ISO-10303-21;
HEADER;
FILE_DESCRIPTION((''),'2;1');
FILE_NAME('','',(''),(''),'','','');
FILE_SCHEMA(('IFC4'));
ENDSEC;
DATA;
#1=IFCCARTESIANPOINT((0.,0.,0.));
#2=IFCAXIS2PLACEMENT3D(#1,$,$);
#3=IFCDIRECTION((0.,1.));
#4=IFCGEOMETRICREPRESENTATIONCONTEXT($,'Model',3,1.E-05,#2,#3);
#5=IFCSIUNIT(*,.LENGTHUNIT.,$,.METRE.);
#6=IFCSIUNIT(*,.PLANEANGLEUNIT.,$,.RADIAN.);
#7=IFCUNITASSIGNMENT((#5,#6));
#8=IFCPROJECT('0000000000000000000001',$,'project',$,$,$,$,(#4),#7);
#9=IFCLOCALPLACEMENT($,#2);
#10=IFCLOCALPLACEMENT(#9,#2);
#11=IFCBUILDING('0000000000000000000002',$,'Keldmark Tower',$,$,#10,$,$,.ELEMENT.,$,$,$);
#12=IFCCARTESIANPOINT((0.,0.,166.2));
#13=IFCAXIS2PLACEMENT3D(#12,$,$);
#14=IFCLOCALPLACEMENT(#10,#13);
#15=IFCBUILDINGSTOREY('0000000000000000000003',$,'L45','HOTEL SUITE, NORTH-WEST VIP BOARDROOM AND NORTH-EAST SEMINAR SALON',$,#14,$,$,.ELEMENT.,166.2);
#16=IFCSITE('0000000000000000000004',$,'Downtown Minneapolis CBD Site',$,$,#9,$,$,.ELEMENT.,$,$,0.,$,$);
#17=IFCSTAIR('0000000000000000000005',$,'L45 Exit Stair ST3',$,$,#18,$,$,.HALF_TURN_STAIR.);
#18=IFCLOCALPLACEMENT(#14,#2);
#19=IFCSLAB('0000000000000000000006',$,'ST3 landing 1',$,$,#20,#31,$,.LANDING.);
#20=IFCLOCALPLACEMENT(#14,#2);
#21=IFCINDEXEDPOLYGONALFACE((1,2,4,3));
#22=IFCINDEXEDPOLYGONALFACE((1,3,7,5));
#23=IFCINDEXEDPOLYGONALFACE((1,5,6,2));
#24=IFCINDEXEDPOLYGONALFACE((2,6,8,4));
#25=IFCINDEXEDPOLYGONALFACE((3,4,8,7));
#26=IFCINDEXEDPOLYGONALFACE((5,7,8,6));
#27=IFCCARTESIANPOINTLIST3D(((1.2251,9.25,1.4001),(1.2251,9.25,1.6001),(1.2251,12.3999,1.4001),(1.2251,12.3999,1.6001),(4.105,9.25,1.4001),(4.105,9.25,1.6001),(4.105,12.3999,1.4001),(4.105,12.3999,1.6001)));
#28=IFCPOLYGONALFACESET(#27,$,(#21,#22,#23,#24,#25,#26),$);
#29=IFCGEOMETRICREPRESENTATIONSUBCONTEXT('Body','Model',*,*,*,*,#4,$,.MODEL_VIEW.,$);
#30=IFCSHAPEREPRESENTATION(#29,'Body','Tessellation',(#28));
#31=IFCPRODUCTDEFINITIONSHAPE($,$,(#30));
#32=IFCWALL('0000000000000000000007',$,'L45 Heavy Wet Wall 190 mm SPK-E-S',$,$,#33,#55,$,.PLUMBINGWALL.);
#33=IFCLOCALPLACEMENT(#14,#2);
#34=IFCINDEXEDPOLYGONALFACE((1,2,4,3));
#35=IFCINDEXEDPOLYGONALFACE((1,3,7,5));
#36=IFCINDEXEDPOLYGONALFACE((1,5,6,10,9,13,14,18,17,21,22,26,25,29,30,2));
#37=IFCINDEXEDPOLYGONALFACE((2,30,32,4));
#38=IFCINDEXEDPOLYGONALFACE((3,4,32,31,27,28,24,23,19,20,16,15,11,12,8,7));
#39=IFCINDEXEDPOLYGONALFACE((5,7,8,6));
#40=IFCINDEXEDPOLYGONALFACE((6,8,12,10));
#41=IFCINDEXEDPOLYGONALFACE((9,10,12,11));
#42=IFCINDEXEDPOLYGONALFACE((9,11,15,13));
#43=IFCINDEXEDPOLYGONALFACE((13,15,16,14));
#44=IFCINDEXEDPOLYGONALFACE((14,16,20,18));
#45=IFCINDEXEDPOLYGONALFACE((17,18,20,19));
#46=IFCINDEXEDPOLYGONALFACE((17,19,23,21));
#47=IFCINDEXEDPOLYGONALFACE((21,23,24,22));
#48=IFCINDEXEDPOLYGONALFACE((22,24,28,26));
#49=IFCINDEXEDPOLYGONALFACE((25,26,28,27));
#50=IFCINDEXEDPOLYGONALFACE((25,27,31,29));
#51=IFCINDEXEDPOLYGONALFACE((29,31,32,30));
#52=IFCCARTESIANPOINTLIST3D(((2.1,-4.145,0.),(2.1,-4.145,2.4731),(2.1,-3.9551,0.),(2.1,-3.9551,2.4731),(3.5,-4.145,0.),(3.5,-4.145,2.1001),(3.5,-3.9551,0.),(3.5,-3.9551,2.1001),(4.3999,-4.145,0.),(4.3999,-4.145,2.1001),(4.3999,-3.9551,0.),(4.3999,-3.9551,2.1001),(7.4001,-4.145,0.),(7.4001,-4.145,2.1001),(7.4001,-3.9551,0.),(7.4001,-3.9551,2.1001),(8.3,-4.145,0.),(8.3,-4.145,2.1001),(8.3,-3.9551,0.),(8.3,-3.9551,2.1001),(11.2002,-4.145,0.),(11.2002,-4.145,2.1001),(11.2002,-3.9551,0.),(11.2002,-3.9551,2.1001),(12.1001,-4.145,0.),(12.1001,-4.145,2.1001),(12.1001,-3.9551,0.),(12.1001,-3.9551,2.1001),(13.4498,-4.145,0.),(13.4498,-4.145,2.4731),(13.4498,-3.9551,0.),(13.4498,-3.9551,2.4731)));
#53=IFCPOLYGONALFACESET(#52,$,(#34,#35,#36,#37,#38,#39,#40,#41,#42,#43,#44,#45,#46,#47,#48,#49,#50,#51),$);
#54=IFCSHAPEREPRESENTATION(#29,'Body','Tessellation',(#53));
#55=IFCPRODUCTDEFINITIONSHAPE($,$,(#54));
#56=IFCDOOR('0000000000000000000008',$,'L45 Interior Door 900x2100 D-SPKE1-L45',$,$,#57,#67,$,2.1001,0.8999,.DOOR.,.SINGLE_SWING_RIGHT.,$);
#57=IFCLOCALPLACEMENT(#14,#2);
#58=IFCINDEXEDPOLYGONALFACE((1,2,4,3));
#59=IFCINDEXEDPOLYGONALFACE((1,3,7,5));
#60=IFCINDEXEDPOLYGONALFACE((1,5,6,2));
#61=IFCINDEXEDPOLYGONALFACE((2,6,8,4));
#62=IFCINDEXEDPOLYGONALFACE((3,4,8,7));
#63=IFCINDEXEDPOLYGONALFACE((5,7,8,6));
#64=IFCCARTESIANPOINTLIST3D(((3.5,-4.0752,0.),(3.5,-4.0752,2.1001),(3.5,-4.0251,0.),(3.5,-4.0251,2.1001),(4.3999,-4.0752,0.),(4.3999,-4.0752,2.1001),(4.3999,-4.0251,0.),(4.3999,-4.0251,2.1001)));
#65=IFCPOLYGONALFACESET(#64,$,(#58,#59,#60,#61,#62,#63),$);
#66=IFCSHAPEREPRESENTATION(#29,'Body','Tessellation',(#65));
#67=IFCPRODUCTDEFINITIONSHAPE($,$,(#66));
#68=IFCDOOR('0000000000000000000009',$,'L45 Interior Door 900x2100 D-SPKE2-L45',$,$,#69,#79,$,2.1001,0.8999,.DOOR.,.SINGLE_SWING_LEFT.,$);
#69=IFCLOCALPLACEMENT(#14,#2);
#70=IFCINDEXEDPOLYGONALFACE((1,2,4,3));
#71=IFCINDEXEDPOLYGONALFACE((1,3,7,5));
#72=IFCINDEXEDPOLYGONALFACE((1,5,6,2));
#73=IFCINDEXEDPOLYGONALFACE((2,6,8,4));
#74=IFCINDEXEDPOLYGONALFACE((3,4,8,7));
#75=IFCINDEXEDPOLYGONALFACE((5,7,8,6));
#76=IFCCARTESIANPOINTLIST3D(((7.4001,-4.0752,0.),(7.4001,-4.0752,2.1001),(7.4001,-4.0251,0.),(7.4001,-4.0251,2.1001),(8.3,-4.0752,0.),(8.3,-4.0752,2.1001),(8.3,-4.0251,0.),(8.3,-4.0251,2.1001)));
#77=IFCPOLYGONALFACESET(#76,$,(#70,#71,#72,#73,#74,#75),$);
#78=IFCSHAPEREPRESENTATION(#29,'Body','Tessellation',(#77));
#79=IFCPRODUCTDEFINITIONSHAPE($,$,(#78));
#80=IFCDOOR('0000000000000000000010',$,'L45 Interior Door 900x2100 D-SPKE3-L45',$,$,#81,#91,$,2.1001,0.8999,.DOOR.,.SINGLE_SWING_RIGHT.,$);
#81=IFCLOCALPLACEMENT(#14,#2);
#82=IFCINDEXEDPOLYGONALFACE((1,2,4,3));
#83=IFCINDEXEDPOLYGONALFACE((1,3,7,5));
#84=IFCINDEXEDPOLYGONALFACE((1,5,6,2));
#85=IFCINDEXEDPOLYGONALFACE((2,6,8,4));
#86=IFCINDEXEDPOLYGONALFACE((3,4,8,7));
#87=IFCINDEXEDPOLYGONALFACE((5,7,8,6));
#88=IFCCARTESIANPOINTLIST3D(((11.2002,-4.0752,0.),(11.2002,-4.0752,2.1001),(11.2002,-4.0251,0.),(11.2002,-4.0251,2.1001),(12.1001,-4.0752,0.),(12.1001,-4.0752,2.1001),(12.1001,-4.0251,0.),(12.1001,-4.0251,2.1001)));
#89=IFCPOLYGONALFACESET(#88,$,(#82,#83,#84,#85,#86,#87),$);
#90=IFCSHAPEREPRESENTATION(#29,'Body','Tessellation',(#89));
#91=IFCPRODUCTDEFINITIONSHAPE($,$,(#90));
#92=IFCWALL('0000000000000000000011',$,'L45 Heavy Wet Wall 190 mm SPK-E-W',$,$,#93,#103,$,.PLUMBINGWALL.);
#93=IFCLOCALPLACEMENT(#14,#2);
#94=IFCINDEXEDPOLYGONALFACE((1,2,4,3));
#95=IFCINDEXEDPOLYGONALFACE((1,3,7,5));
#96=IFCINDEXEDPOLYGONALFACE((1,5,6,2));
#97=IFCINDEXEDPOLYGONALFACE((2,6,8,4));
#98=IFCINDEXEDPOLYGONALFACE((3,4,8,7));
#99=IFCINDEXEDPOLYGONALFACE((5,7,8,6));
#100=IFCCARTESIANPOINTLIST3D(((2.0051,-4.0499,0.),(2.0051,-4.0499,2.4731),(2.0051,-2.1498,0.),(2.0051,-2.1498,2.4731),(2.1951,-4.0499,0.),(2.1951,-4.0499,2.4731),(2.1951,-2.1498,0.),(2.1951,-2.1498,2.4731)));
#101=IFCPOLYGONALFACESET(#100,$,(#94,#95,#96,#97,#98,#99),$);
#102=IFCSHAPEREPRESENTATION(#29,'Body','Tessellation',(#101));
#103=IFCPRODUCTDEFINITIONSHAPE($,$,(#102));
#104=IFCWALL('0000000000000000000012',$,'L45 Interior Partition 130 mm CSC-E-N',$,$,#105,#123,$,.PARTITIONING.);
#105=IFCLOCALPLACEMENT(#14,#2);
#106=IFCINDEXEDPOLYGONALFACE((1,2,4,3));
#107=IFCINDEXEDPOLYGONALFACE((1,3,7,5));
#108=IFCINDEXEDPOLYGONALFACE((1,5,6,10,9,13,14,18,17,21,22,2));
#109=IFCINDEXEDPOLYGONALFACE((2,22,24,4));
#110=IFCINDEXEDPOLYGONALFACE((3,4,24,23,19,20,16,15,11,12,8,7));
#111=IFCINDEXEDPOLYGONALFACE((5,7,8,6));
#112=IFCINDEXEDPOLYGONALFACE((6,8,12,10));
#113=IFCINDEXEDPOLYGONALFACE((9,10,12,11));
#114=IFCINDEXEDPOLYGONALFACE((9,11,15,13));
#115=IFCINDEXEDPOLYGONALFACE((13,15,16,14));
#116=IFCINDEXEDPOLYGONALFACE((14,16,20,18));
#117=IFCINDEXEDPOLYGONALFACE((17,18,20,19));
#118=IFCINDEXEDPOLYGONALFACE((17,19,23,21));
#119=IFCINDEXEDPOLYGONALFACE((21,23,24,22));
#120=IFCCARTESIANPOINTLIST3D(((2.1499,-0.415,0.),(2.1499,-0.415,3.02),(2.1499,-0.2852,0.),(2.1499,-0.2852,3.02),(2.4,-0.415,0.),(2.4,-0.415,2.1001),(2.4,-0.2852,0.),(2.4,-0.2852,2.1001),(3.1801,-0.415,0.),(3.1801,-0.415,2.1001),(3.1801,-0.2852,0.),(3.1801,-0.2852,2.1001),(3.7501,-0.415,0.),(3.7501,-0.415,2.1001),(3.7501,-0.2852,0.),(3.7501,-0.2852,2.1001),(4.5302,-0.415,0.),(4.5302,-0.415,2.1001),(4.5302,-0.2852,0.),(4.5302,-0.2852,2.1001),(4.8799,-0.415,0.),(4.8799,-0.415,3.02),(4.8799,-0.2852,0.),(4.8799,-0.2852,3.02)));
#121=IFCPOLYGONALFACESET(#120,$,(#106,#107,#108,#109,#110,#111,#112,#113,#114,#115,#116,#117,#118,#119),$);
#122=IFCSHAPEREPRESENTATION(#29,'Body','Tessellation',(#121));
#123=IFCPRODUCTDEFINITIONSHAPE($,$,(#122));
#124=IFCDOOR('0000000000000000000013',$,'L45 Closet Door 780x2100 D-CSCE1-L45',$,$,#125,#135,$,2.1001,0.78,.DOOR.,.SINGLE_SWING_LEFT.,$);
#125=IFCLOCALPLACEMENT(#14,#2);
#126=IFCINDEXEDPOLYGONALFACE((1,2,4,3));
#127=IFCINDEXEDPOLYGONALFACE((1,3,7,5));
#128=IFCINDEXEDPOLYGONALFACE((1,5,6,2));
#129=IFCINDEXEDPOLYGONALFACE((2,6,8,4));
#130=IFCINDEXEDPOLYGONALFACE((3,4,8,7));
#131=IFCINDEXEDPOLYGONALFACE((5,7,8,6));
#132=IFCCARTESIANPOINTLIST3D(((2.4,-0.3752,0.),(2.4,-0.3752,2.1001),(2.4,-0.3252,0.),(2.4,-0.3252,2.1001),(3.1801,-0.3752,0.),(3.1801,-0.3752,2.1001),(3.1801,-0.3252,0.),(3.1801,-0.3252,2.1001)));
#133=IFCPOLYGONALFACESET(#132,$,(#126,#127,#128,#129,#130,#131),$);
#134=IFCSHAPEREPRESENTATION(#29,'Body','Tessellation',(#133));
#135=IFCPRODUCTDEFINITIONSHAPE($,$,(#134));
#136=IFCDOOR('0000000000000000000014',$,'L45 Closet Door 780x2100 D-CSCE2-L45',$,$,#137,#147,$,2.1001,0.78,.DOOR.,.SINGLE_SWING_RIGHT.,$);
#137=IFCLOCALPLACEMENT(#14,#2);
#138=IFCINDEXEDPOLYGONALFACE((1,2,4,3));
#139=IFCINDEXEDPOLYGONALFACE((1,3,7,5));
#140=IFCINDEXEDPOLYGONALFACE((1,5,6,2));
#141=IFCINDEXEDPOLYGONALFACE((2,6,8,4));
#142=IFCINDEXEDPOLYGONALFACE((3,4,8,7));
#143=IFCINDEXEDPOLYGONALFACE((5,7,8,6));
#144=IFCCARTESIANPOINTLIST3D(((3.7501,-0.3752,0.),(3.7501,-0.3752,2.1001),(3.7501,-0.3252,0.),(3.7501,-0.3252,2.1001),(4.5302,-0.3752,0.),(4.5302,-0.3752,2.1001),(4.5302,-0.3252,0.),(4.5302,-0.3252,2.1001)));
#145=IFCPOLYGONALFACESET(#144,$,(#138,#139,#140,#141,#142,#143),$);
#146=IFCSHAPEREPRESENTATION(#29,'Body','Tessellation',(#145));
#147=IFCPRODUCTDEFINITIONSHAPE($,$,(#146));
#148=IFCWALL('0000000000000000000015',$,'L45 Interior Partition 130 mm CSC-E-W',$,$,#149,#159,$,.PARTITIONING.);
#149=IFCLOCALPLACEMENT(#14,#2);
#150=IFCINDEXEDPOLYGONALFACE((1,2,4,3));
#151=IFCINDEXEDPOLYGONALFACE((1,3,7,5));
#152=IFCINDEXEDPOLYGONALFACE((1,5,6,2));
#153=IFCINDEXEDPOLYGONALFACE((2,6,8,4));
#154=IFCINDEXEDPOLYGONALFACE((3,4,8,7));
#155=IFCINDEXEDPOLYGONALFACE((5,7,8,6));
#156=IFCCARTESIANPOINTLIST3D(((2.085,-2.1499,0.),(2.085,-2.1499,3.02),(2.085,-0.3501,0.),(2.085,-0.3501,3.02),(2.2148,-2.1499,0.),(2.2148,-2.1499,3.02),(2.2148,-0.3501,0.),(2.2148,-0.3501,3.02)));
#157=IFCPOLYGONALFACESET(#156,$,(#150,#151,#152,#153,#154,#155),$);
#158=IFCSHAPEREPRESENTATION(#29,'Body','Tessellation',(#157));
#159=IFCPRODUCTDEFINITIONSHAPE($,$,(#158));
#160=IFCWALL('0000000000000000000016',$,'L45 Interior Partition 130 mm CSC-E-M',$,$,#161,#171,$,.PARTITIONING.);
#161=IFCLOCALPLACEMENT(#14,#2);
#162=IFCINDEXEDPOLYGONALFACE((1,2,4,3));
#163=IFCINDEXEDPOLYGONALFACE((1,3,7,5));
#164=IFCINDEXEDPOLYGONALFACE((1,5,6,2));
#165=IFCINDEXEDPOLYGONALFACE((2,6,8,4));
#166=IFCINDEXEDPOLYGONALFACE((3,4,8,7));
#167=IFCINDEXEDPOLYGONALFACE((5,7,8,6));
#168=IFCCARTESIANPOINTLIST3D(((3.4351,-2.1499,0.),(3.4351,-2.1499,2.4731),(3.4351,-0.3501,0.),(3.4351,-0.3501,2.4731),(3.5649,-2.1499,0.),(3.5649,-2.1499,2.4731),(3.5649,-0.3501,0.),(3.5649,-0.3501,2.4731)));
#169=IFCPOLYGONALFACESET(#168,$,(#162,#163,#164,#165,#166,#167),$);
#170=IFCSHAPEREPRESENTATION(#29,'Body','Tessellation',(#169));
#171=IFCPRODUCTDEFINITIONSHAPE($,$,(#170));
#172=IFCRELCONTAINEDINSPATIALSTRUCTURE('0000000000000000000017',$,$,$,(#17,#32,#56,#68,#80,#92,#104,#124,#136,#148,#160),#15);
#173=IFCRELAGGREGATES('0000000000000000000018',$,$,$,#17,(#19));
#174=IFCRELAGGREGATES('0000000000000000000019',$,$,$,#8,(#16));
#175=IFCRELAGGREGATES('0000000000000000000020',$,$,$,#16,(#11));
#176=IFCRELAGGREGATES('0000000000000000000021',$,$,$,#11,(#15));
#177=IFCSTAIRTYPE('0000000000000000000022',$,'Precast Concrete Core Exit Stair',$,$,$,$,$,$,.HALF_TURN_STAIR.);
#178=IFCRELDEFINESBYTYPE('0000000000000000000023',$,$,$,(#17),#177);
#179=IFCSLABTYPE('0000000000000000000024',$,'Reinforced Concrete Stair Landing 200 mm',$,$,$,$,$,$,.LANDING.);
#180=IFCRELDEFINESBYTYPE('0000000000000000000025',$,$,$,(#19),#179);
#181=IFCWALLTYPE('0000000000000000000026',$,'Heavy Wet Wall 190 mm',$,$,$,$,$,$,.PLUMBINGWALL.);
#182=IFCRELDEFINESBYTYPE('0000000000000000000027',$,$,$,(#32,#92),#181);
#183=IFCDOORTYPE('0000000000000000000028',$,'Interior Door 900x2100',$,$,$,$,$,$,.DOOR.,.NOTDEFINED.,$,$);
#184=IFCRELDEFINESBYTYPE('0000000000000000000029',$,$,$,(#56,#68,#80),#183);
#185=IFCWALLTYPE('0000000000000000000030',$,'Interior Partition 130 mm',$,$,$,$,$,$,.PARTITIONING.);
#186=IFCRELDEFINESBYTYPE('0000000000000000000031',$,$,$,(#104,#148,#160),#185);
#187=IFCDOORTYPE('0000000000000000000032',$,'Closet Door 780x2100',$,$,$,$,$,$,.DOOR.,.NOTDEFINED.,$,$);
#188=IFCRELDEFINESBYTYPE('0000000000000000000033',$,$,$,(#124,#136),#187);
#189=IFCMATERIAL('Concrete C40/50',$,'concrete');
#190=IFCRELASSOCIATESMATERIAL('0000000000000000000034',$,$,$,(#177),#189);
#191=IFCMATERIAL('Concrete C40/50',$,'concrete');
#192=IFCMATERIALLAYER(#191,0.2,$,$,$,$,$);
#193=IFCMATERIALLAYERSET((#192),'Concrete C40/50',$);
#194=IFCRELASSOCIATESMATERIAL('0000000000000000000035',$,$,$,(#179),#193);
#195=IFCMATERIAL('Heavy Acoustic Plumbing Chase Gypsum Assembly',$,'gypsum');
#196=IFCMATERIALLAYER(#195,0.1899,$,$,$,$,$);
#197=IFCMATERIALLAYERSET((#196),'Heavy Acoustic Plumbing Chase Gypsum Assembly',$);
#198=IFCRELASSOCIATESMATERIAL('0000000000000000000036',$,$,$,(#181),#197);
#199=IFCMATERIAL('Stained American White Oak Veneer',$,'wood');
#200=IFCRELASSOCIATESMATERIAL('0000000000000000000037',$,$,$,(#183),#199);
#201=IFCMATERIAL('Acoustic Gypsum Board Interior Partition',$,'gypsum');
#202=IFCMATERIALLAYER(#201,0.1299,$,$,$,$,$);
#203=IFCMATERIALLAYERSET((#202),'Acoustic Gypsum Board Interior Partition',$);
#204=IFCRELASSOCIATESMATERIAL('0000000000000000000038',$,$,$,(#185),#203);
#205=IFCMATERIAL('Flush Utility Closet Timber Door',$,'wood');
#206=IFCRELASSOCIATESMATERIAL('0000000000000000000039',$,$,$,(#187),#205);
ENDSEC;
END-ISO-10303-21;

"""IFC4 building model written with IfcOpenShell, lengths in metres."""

from ifc_helpers import new_model, si_unit, direction, frame, frame_2d, origin, place, context, subcontext, project, spatial, polyline, rectangle, outline, extrude, material, layer, layer_set, type_object, element, fill, aggregate, save


model = new_model("IFC4")

# Units and contexts
model_context = context("Model", 3, precision=1e-05, world=origin(), true_north=direction((0.0, 1.0)))
body_context = subcontext(model_context, "Body", "Model", "MODEL_VIEW")
ifc_project = project(units=[si_unit("LENGTHUNIT", "METRE"), si_unit("PLANEANGLEUNIT", "RADIAN")], contexts=[model_context])

# Site, building, storey
site_placement = place(None, origin())
site = spatial("IfcSite", under=ifc_project, at=site_placement, Name="Downtown Minneapolis CBD Site", CompositionType="ELEMENT", RefElevation=0.0)
building_placement = place(site_placement, origin())
building = spatial("IfcBuilding", under=site, at=building_placement, Name="Keldmark Tower", CompositionType="ELEMENT")
storey_placement = place(building_placement, frame((0.0, 0.0, 166.2)))
storey = spatial("IfcBuildingStorey", under=building, at=storey_placement, Name="L45", Description="HOTEL SUITE, NORTH-WEST VIP BOARDROOM AND NORTH-EAST SEMINAR SALON", CompositionType="ELEMENT", Elevation=166.2)

# Stair, slab
ifc_material_1 = material(Name="Concrete C40/50", Category="concrete")
stair_type = type_object("IfcStairType", Name="Precast Concrete Core Exit Stair", PredefinedType="HALF_TURN_STAIR", material=ifc_material_1)
ifc_material_2 = material(Name="Concrete C40/50", Category="concrete")
ifc_layer_1 = layer(ifc_material_2, 0.2)
ifc_layer_set_1 = layer_set([ifc_layer_1], Name="Concrete C40/50")
slab_type_1 = type_object("IfcSlabType", Name="Reinforced Concrete Stair Landing 200 mm", PredefinedType="LANDING", material=ifc_layer_set_1)
stair_1_placement = place(storey_placement, origin())
stair_1 = element("IfcStair", 1, at=stair_1_placement, inside=storey, type_object=stair_type, Name="L45 Exit Stair ST3", PredefinedType="HALF_TURN_STAIR")
slab_1_placement = place(storey_placement, frame((0.0, 0.0, 1.4001)))
slab_1 = element("IfcSlab", 2, at=slab_1_placement, type_object=slab_type_1, Name="ST3 landing 1", PredefinedType="LANDING", context=body_context, shape_type="SweptSolid", body=[
    extrude(outline(polyline([(1.2251, 9.25), (4.105, 9.25), (4.105, 12.3999), (1.2251, 12.3999), (1.2251, 9.25)])), origin(), (0.0, 0.0, 1.0), 0.2),
])
aggregate(stair_1, [slab_1])

# Wall, openings, doors
ifc_material_3 = material(Name="Heavy Acoustic Plumbing Chase Gypsum Assembly", Category="gypsum")
ifc_layer_2 = layer(ifc_material_3, 0.1899)
ifc_layer_set_2 = layer_set([ifc_layer_2], Name="Heavy Acoustic Plumbing Chase Gypsum Assembly")
wall_type_1 = type_object("IfcWallType", Name="Heavy Wet Wall 190 mm", PredefinedType="PLUMBINGWALL", material=ifc_layer_set_2)
wall_1_placement = place(storey_placement, frame((2.1001, -4.05, 0.0), z_axis=(0.0, 0.0, 1.0), x_axis=(1.0, 0.0, 0.0)))
wall_1 = element("IfcWall", 3, at=wall_1_placement, inside=storey, type_object=wall_type_1, Name="L45 Heavy Wet Wall 190 mm SPK-E-S", PredefinedType="PLUMBINGWALL", context=body_context, shape_type="SweptSolid", body=[
    extrude(rectangle(XDim=11.3499, YDim=0.1899, at=frame_2d((5.6748, 0.0))), origin(), (0.0, 0.0, 1.0), 2.4731),
])
opening_1_placement = place(wall_1_placement, frame((1.3999, 0.0, 0.0)))
opening_1 = element("IfcOpeningElement", 4, at=opening_1_placement, cuts=wall_1, PredefinedType="OPENING", context=body_context, shape_type="SweptSolid", body=[
    extrude(rectangle(XDim=0.8999, YDim=2.1001, at=frame_2d((0.45, 1.05))), frame((0.0, 0.105, 0.0), z_axis=(0.0, -1.0, 0.0), x_axis=(1.0, 0.0, 0.0)), (0.0, 0.0, 1.0), 0.21),
])
opening_2_placement = place(wall_1_placement, frame((5.3, 0.0, 0.0)))
opening_2 = element("IfcOpeningElement", 5, at=opening_2_placement, cuts=wall_1, PredefinedType="OPENING", context=body_context, shape_type="SweptSolid", body=[
    extrude(rectangle(XDim=0.8999, YDim=2.1001, at=frame_2d((0.45, 1.05))), frame((0.0, 0.105, 0.0), z_axis=(0.0, -1.0, 0.0), x_axis=(1.0, 0.0, 0.0)), (0.0, 0.0, 1.0), 0.21),
])
opening_3_placement = place(wall_1_placement, frame((9.1001, 0.0, 0.0)))
opening_3 = element("IfcOpeningElement", 6, at=opening_3_placement, cuts=wall_1, PredefinedType="OPENING", context=body_context, shape_type="SweptSolid", body=[
    extrude(rectangle(XDim=0.8999, YDim=2.1001, at=frame_2d((0.45, 1.05))), frame((0.0, 0.105, 0.0), z_axis=(0.0, -1.0, 0.0), x_axis=(1.0, 0.0, 0.0)), (0.0, 0.0, 1.0), 0.21),
])
ifc_material_4 = material(Name="Stained American White Oak Veneer", Category="wood")
door_type_1 = type_object("IfcDoorType", Name="Interior Door 900x2100", OperationType="NOTDEFINED", PredefinedType="DOOR", material=ifc_material_4)
door_1_placement = place(opening_1_placement, origin())
door_1 = element("IfcDoor", 7, at=door_1_placement, inside=storey, type_object=door_type_1, Name="L45 Interior Door 900x2100 D-SPKE1-L45", OperationType="SINGLE_SWING_RIGHT", OverallHeight=2.1001, OverallWidth=0.8999, PredefinedType="DOOR", context=body_context, shape_type="SweptSolid", body=[
    extrude(rectangle(XDim=0.8999, YDim=2.1001, at=frame_2d((0.45, 1.05))), frame((0.0, 0.0249, 0.0), z_axis=(0.0, -1.0, 0.0), x_axis=(1.0, 0.0, 0.0)), (0.0, 0.0, 1.0), 0.05),
])
fill(opening_1, door_1)
door_2_placement = place(opening_2_placement, origin())
door_2 = element("IfcDoor", 8, at=door_2_placement, inside=storey, type_object=door_type_1, Name="L45 Interior Door 900x2100 D-SPKE2-L45", OperationType="SINGLE_SWING_LEFT", OverallHeight=2.1001, OverallWidth=0.8999, PredefinedType="DOOR", context=body_context, shape_type="SweptSolid", body=[
    extrude(rectangle(XDim=0.8999, YDim=2.1001, at=frame_2d((0.45, 1.05))), frame((0.0, 0.0249, 0.0), z_axis=(0.0, -1.0, 0.0), x_axis=(1.0, 0.0, 0.0)), (0.0, 0.0, 1.0), 0.05),
])
fill(opening_2, door_2)
door_3_placement = place(opening_3_placement, origin())
door_3 = element("IfcDoor", 9, at=door_3_placement, inside=storey, type_object=door_type_1, Name="L45 Interior Door 900x2100 D-SPKE3-L45", OperationType="SINGLE_SWING_RIGHT", OverallHeight=2.1001, OverallWidth=0.8999, PredefinedType="DOOR", context=body_context, shape_type="SweptSolid", body=[
    extrude(rectangle(XDim=0.8999, YDim=2.1001, at=frame_2d((0.45, 1.05))), frame((0.0, 0.0249, 0.0), z_axis=(0.0, -1.0, 0.0), x_axis=(1.0, 0.0, 0.0)), (0.0, 0.0, 1.0), 0.05),
])
fill(opening_3, door_3)

# Wall
wall_2_placement = place(storey_placement, frame((2.1001, -4.05, 0.0), z_axis=(0.0, 0.0, 1.0), x_axis=(0.0, 1.0, 0.0)))
element("IfcWall", 10, at=wall_2_placement, inside=storey, type_object=wall_type_1, Name="L45 Heavy Wet Wall 190 mm SPK-E-W", PredefinedType="PLUMBINGWALL", context=body_context, shape_type="SweptSolid", body=[
    extrude(rectangle(XDim=1.9001, YDim=0.1899, at=frame_2d((0.9502, 0.0))), origin(), (0.0, 0.0, 1.0), 2.4731),
])

# Wall, openings, doors
ifc_material_5 = material(Name="Acoustic Gypsum Board Interior Partition", Category="gypsum")
ifc_layer_3 = layer(ifc_material_5, 0.1299)
ifc_layer_set_3 = layer_set([ifc_layer_3], Name="Acoustic Gypsum Board Interior Partition")
wall_type_2 = type_object("IfcWallType", Name="Interior Partition 130 mm", PredefinedType="PARTITIONING", material=ifc_layer_set_3)
wall_3_placement = place(storey_placement, frame((2.1499, -0.3501, 0.0), z_axis=(0.0, 0.0, 1.0), x_axis=(1.0, 0.0, 0.0)))
wall_3 = element("IfcWall", 11, at=wall_3_placement, inside=storey, type_object=wall_type_2, Name="L45 Interior Partition 130 mm CSC-E-N", PredefinedType="PARTITIONING", context=body_context, shape_type="SweptSolid", body=[
    extrude(rectangle(XDim=2.73, YDim=0.1299, at=frame_2d((1.365, 0.0))), origin(), (0.0, 0.0, 1.0), 3.02),
])
opening_4_placement = place(wall_3_placement, frame((0.25, 0.0, 0.0)))
opening_4 = element("IfcOpeningElement", 12, at=opening_4_placement, cuts=wall_3, PredefinedType="OPENING", context=body_context, shape_type="SweptSolid", body=[
    extrude(rectangle(XDim=0.78, YDim=2.1001, at=frame_2d((0.3901, 1.05))), frame((0.0, 0.075, 0.0), z_axis=(0.0, -1.0, 0.0), x_axis=(1.0, 0.0, 0.0)), (0.0, 0.0, 1.0), 0.1499),
])
opening_5_placement = place(wall_3_placement, frame((1.6001, 0.0, 0.0)))
opening_5 = element("IfcOpeningElement", 13, at=opening_5_placement, cuts=wall_3, PredefinedType="OPENING", context=body_context, shape_type="SweptSolid", body=[
    extrude(rectangle(XDim=0.78, YDim=2.1001, at=frame_2d((0.3901, 1.05))), frame((0.0, 0.075, 0.0), z_axis=(0.0, -1.0, 0.0), x_axis=(1.0, 0.0, 0.0)), (0.0, 0.0, 1.0), 0.1499),
])
ifc_material_6 = material(Name="Flush Utility Closet Timber Door", Category="wood")
door_type_2 = type_object("IfcDoorType", Name="Closet Door 780x2100", OperationType="NOTDEFINED", PredefinedType="DOOR", material=ifc_material_6)
door_4_placement = place(opening_4_placement, origin())
door_4 = element("IfcDoor", 14, at=door_4_placement, inside=storey, type_object=door_type_2, Name="L45 Closet Door 780x2100 D-CSCE1-L45", OperationType="SINGLE_SWING_LEFT", OverallHeight=2.1001, OverallWidth=0.78, PredefinedType="DOOR", context=body_context, shape_type="SweptSolid", body=[
    extrude(rectangle(XDim=0.78, YDim=2.1001, at=frame_2d((0.3901, 1.05))), frame((0.0, 0.0249, 0.0), z_axis=(0.0, -1.0, 0.0), x_axis=(1.0, 0.0, 0.0)), (0.0, 0.0, 1.0), 0.05),
])
fill(opening_4, door_4)
door_5_placement = place(opening_5_placement, origin())
door_5 = element("IfcDoor", 15, at=door_5_placement, inside=storey, type_object=door_type_2, Name="L45 Closet Door 780x2100 D-CSCE2-L45", OperationType="SINGLE_SWING_RIGHT", OverallHeight=2.1001, OverallWidth=0.78, PredefinedType="DOOR", context=body_context, shape_type="SweptSolid", body=[
    extrude(rectangle(XDim=0.78, YDim=2.1001, at=frame_2d((0.3901, 1.05))), frame((0.0, 0.0249, 0.0), z_axis=(0.0, -1.0, 0.0), x_axis=(1.0, 0.0, 0.0)), (0.0, 0.0, 1.0), 0.05),
])
fill(opening_5, door_5)

# Walls
wall_4_placement = place(storey_placement, frame((2.1499, -2.1499, 0.0), z_axis=(0.0, 0.0, 1.0), x_axis=(0.0, 1.0, 0.0)))
element("IfcWall", 16, at=wall_4_placement, inside=storey, type_object=wall_type_2, Name="L45 Interior Partition 130 mm CSC-E-W", PredefinedType="PARTITIONING", context=body_context, shape_type="SweptSolid", body=[
    extrude(rectangle(XDim=1.7998, YDim=0.1299, at=frame_2d((0.8999, 0.0))), origin(), (0.0, 0.0, 1.0), 3.02),
])
wall_5_placement = place(storey_placement, frame((3.5, -2.1499, 0.0), z_axis=(0.0, 0.0, 1.0), x_axis=(0.0, 1.0, 0.0)))
element("IfcWall", 17, at=wall_5_placement, inside=storey, type_object=wall_type_2, Name="L45 Interior Partition 130 mm CSC-E-M", PredefinedType="PARTITIONING", context=body_context, shape_type="SweptSolid", body=[
    extrude(rectangle(XDim=1.7998, YDim=0.1299, at=frame_2d((0.8999, 0.0))), origin(), (0.0, 0.0, 1.0), 2.4731),
])

save(model, "model.ifc")
